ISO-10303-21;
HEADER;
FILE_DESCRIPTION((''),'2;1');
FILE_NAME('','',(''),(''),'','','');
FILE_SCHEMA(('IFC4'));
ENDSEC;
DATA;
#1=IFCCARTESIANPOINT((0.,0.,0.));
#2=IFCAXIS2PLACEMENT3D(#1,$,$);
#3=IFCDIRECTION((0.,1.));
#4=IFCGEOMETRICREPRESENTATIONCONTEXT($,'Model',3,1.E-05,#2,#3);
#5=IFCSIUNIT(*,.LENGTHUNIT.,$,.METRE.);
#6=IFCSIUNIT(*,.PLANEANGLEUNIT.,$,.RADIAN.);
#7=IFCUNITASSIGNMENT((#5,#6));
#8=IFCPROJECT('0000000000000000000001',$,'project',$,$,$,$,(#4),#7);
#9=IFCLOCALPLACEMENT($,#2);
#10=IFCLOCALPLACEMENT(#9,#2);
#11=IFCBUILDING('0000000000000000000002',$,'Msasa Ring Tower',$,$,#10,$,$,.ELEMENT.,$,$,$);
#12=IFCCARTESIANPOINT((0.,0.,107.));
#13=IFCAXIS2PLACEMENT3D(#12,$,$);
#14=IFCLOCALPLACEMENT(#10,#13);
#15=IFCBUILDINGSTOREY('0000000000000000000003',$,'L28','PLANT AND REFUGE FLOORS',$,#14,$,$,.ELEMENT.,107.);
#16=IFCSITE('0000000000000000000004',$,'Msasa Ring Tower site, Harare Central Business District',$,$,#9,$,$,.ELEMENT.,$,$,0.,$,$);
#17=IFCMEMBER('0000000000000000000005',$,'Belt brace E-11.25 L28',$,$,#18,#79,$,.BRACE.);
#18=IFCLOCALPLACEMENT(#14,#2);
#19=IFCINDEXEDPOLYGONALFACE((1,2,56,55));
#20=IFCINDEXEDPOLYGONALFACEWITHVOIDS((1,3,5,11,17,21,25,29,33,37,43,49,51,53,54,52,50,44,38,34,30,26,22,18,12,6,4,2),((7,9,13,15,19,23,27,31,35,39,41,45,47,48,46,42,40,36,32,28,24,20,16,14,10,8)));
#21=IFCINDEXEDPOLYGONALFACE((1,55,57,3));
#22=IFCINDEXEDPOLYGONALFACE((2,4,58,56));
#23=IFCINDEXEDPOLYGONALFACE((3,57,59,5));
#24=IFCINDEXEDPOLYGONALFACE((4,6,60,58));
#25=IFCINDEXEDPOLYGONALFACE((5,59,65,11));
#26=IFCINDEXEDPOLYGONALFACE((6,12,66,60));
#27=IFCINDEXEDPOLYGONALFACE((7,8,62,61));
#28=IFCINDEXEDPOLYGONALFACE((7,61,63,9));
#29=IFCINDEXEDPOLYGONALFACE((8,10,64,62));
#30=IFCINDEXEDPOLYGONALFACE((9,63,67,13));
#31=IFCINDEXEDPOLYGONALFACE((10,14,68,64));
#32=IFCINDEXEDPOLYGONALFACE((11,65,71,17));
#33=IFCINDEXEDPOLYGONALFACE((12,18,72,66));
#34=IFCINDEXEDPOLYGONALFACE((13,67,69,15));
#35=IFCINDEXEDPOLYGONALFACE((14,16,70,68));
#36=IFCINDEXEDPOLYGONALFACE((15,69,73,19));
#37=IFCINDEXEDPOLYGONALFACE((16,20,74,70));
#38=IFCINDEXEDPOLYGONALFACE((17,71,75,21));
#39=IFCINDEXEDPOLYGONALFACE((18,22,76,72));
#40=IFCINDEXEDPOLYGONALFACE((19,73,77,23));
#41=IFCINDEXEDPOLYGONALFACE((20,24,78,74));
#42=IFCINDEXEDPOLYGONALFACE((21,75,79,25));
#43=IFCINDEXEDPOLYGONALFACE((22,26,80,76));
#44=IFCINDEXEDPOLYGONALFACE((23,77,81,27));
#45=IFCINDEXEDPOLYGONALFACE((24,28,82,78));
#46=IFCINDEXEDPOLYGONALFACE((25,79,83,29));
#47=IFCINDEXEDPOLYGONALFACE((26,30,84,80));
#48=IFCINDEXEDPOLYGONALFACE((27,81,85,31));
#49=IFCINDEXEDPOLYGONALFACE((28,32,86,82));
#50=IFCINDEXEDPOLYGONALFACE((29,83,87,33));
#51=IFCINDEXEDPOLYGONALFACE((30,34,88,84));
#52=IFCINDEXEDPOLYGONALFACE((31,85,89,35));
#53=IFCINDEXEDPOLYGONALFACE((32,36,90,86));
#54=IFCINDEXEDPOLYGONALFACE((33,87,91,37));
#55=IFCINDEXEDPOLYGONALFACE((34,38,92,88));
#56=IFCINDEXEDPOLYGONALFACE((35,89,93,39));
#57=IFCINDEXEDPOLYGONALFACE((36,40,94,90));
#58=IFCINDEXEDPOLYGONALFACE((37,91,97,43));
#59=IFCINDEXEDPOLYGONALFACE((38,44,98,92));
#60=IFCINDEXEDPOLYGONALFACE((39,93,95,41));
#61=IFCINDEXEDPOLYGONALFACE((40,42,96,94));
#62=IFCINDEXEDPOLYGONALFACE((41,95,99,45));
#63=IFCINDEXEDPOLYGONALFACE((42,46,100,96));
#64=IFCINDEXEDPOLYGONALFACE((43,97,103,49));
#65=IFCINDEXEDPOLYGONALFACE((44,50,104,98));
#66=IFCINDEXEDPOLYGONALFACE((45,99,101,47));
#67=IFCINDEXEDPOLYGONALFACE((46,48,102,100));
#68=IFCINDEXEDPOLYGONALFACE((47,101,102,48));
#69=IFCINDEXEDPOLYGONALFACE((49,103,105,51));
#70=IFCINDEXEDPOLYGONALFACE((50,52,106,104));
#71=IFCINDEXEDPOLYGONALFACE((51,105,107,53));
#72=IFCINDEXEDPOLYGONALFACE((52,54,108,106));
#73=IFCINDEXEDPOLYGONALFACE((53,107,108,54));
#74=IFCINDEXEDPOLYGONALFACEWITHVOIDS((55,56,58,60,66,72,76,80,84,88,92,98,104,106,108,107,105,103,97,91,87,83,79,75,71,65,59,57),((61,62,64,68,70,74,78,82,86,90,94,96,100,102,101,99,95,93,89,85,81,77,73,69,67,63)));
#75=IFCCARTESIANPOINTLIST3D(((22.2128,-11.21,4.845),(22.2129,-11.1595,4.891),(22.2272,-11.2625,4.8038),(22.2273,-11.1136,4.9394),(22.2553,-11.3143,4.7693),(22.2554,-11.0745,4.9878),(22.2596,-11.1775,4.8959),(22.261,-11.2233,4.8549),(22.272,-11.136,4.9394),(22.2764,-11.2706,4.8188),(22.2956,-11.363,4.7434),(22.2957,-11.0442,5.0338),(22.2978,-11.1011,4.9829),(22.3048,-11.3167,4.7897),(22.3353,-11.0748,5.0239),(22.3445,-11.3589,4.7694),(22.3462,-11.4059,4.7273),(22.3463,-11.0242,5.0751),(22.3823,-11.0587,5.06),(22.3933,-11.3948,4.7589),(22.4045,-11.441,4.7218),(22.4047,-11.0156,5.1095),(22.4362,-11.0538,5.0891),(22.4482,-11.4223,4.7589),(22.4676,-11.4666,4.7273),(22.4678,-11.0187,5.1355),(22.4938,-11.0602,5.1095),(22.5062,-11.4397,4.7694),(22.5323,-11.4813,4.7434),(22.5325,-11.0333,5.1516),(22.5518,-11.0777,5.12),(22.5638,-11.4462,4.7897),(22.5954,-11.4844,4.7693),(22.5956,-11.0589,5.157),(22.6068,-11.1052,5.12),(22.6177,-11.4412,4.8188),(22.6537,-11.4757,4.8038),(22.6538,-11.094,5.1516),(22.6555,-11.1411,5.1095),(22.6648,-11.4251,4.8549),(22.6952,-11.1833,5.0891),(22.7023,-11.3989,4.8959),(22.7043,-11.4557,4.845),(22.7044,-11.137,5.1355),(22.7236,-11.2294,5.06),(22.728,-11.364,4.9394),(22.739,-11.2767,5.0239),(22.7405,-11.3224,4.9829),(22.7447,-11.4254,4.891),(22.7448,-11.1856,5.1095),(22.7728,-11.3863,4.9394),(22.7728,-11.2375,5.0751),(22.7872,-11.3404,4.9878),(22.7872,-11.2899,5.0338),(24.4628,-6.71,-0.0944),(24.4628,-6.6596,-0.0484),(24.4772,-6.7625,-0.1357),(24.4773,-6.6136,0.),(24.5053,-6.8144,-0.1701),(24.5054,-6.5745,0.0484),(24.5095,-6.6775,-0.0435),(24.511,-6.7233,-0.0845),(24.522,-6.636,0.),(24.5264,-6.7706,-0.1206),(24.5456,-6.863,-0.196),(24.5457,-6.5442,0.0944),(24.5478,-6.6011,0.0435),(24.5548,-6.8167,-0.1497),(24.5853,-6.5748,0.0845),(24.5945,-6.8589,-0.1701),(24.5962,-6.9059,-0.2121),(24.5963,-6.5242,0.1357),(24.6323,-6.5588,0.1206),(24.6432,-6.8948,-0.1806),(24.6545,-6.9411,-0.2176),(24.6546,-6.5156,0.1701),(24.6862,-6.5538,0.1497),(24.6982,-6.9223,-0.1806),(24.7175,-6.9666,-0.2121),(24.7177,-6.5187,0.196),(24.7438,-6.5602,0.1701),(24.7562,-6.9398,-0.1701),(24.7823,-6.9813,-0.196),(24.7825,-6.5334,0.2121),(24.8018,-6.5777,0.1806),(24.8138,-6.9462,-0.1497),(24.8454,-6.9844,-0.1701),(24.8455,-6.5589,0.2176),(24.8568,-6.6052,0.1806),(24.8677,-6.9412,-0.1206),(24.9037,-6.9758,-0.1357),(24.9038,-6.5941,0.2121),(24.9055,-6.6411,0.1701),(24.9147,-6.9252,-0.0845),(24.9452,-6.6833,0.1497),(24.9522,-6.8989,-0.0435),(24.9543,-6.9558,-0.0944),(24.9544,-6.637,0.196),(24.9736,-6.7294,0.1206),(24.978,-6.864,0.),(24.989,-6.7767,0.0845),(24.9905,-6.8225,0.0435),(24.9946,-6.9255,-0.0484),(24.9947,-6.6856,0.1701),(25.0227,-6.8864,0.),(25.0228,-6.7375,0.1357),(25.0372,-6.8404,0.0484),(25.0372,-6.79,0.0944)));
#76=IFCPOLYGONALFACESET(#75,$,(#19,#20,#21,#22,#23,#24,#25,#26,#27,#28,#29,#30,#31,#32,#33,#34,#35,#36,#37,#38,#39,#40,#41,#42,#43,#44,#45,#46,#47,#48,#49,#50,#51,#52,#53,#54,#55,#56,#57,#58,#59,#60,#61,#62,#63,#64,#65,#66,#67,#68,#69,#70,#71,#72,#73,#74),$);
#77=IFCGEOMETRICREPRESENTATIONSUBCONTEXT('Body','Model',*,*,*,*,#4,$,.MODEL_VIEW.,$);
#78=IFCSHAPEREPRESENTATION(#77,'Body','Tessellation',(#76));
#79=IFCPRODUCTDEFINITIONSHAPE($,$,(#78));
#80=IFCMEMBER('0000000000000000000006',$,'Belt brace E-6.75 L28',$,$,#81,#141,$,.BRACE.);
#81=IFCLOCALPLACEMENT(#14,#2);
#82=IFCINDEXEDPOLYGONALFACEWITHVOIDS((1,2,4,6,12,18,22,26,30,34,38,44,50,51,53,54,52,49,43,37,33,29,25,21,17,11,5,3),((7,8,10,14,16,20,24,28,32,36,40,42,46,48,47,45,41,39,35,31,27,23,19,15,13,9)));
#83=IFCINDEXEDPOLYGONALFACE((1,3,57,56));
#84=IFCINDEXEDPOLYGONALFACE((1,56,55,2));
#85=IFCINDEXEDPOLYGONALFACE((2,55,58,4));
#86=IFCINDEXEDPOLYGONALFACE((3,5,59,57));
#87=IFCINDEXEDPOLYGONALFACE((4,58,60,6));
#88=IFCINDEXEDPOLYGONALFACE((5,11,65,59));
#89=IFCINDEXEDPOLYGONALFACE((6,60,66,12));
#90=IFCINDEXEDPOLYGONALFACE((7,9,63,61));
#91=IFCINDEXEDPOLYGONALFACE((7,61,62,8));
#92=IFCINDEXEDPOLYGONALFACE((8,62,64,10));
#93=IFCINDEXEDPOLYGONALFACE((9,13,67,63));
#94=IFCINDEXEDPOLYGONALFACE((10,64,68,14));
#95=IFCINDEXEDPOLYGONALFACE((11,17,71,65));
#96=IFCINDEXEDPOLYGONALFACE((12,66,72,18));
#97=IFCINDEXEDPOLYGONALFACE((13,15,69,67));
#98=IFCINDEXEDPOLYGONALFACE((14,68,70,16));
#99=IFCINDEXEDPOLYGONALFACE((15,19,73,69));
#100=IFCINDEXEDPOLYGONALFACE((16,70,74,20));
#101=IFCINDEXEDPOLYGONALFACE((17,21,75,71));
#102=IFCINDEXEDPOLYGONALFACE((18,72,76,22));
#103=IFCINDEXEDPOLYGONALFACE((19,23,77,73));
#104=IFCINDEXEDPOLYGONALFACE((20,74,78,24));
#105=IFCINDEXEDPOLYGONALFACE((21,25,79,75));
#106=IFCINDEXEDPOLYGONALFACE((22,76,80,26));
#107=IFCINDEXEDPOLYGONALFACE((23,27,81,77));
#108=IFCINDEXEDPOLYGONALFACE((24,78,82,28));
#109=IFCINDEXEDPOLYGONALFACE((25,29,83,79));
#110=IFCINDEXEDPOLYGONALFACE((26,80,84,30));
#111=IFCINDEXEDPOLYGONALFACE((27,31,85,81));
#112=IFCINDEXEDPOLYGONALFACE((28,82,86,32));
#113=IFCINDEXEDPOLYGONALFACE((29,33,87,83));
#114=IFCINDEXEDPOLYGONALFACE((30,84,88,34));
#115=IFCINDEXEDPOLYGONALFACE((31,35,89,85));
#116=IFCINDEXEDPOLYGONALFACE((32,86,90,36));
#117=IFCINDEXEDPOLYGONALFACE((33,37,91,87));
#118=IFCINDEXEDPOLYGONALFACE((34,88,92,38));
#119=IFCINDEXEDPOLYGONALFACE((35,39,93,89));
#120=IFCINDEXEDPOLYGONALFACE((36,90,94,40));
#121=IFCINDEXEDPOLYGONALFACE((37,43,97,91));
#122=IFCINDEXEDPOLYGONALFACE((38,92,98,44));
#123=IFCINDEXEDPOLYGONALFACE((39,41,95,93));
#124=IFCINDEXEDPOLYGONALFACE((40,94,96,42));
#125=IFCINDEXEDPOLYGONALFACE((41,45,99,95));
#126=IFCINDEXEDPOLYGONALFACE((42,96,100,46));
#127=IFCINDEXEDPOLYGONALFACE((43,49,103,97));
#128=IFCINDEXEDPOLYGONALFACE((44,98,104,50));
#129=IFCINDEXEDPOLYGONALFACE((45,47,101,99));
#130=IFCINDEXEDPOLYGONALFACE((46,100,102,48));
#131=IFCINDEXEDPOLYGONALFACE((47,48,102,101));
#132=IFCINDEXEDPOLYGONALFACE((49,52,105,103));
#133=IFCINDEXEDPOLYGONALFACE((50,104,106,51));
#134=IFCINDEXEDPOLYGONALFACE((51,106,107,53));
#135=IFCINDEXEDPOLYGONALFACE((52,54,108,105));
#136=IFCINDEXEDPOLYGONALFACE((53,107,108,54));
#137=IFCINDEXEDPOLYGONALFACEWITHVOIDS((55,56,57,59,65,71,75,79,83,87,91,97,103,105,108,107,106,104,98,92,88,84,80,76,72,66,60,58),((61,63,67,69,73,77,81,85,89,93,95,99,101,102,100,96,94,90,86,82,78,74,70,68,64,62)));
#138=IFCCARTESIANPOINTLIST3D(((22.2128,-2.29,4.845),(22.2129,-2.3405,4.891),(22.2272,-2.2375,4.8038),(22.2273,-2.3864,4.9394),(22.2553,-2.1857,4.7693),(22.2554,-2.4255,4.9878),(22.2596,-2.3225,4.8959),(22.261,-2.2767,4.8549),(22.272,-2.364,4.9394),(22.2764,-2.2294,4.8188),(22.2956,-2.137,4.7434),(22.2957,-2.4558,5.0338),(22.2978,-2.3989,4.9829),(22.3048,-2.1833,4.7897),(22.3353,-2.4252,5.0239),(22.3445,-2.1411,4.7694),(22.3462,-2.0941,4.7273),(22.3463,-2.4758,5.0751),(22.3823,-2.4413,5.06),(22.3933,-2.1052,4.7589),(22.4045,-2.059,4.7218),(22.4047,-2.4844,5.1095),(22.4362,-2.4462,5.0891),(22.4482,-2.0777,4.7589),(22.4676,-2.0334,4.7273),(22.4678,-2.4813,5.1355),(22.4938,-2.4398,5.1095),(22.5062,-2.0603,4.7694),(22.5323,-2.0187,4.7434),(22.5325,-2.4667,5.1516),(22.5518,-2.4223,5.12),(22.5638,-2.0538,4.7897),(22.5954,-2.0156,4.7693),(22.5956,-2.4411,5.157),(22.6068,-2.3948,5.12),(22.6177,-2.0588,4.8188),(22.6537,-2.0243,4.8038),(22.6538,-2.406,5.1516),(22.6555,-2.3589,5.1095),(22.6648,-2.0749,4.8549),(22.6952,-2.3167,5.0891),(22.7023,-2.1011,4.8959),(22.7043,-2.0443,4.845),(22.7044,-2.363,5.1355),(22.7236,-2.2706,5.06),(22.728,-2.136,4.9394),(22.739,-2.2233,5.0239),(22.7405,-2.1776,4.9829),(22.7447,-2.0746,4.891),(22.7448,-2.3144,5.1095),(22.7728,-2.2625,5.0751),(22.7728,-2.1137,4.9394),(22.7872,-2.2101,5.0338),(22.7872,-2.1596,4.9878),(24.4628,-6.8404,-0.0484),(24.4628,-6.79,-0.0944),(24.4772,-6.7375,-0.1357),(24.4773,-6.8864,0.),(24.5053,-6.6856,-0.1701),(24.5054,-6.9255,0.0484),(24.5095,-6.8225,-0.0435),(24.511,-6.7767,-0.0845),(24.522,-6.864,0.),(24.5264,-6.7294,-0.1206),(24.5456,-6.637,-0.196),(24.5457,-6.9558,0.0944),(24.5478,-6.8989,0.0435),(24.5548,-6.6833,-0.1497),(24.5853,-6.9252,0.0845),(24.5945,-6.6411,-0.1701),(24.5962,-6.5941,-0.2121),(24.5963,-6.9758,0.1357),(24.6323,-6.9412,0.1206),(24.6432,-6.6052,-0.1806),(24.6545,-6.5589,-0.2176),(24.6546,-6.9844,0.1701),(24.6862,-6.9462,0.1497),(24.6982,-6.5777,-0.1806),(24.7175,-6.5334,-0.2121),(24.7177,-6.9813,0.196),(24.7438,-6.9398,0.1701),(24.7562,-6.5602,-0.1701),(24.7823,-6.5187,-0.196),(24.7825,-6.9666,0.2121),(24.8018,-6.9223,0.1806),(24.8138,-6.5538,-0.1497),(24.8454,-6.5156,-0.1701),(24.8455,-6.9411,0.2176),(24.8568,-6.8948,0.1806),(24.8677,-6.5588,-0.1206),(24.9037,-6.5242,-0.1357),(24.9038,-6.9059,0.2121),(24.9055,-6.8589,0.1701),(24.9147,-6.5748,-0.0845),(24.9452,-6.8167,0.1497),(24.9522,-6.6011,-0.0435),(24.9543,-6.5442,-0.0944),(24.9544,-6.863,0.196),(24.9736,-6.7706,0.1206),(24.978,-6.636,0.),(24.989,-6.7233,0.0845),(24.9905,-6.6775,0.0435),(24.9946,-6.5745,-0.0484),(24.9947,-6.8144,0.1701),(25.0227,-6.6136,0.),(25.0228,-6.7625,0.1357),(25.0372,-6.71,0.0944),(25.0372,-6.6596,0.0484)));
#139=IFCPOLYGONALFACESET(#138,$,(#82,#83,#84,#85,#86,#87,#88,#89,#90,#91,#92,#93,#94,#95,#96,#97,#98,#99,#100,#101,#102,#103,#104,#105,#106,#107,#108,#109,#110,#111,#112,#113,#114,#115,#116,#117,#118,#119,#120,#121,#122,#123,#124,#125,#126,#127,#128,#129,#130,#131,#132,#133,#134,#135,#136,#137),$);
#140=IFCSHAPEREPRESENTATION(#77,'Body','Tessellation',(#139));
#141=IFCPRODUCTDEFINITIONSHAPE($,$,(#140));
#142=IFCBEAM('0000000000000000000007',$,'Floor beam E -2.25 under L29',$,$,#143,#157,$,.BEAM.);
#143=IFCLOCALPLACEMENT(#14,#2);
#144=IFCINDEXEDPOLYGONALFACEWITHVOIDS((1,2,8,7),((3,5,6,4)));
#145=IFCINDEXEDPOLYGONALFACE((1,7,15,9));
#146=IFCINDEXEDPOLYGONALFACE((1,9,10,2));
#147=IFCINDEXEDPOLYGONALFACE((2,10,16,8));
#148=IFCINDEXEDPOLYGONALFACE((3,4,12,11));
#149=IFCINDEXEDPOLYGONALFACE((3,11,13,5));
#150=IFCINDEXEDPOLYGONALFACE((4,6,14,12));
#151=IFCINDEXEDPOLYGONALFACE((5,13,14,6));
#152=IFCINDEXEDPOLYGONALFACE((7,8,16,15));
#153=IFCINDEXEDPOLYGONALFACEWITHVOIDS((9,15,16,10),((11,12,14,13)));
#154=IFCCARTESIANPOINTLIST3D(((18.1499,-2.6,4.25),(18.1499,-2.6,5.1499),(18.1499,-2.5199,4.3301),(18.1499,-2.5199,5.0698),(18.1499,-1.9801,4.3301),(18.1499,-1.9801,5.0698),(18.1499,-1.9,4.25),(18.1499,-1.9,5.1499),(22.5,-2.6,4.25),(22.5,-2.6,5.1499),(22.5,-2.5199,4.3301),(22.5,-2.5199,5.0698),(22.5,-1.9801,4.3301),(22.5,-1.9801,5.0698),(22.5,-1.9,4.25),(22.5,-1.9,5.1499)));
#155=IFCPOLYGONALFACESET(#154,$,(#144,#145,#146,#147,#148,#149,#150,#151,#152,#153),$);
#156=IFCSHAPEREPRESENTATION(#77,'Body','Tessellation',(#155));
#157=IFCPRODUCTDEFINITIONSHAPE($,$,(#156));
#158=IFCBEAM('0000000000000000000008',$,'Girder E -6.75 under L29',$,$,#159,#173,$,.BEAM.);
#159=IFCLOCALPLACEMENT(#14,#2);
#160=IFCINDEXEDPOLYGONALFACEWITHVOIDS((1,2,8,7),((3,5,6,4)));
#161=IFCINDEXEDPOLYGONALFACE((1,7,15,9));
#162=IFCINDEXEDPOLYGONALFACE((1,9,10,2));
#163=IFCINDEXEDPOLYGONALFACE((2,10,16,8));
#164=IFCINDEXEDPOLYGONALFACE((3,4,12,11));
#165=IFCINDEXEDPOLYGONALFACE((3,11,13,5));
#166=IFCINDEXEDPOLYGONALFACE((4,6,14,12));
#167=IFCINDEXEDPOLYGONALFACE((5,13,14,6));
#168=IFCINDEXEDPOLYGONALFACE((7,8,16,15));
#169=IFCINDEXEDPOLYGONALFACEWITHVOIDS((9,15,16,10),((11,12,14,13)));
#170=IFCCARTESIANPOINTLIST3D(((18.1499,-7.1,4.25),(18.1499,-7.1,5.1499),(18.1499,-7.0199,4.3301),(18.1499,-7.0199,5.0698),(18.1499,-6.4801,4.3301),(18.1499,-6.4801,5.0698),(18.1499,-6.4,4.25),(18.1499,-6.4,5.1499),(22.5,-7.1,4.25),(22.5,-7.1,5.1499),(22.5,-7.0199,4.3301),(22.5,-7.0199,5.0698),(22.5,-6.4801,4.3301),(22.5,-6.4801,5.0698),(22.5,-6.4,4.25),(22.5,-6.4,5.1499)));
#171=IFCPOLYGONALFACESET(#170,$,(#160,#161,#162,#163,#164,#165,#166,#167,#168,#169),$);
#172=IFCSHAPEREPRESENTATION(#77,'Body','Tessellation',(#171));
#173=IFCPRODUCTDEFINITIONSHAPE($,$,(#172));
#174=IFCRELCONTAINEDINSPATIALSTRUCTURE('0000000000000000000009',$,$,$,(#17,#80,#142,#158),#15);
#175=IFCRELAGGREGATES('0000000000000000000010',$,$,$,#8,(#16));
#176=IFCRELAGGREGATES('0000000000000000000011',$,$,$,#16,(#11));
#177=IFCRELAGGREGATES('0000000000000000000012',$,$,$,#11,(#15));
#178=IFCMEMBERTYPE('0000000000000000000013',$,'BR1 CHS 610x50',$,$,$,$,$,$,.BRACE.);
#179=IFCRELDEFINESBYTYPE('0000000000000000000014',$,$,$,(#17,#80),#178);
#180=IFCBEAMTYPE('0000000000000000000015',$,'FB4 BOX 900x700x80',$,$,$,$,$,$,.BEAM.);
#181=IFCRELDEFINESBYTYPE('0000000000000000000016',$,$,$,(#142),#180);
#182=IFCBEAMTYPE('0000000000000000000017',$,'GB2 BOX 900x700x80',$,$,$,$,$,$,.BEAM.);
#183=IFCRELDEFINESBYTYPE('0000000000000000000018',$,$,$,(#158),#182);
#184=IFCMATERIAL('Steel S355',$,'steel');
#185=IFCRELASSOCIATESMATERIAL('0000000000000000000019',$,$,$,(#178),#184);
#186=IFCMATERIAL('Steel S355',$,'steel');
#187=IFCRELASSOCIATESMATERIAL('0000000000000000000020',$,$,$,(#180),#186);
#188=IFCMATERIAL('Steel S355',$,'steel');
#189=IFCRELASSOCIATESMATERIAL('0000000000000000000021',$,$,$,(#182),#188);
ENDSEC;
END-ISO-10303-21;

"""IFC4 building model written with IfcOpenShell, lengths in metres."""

from ifc_helpers import new_model, si_unit, direction, frame, origin, origin_2d, place, context, subcontext, project, spatial, hollow_rectangle, hollow_circle, extrude, material, material_profile, profile_set, type_object, element, save


model = new_model("IFC4")

# Units and contexts
model_context = context("Model", 3, precision=1e-05, world=origin(), true_north=direction((0.0, 1.0)))
body_context = subcontext(model_context, "Body", "Model", "MODEL_VIEW")
ifc_project = project(units=[si_unit("LENGTHUNIT", "METRE"), si_unit("PLANEANGLEUNIT", "RADIAN")], contexts=[model_context])

# Site, building, storey
site_placement = place(None, origin())
site = spatial("IfcSite", under=ifc_project, at=site_placement, Name="Msasa Ring Tower site, Harare Central Business District", CompositionType="ELEMENT", RefElevation=0.0)
building_placement = place(site_placement, origin())
building = spatial("IfcBuilding", under=site, at=building_placement, Name="Msasa Ring Tower", CompositionType="ELEMENT")
storey_placement = place(building_placement, frame((0.0, 0.0, 107.0)))
storey = spatial("IfcBuildingStorey", under=building, at=storey_placement, Name="L28", Description="PLANT AND REFUGE FLOORS", CompositionType="ELEMENT", Elevation=107.0)

# Members
ifc_material_1 = material(Name="Steel S355", Category="steel")
ifc_material_profile_1 = material_profile(ifc_material_1, hollow_circle(Radius=0.3049, WallThickness=0.05, at=origin_2d()), Name="CHS 610x50")
ifc_profile_set_1 = profile_set([ifc_material_profile_1], Name="Steel S355")
member_type = type_object("IfcMemberType", Name="BR1 CHS 610x50", PredefinedType="BRACE", material=ifc_profile_set_1)
for number, where, z_axis, x_axis, name in (
    (1, (24.75, -6.75, 0.0), (-0.319123, -0.638245, 0.700574), (0.894427, -0.447214, 0.0), "Belt brace E-11.25 L28"),
    (2, (24.75, -6.75, 0.0), (-0.319123, 0.638245, 0.700574), (-0.894427, -0.447214, 0.0), "Belt brace E-6.75 L28"),
):
    element("IfcMember", number, at=place(storey_placement, frame(where, z_axis=z_axis, x_axis=x_axis)), inside=storey, type_object=member_type, Name=name, PredefinedType="BRACE", context=body_context, shape_type="SweptSolid", body=[
        extrude(hollow_circle(Radius=0.3049, WallThickness=0.05, at=origin_2d()), origin(), (0.0, 0.0, 1.0), 7.0505),
    ])

# Beams
ifc_material_2 = material(Name="Steel S355", Category="steel")
ifc_material_profile_2 = material_profile(ifc_material_2, hollow_rectangle(XDim=0.7, YDim=0.8999, WallThickness=0.0801, at=origin_2d()), Name="BOX 900x700x80")
ifc_profile_set_2 = profile_set([ifc_material_profile_2], Name="Steel S355")
beam_type_1 = type_object("IfcBeamType", Name="FB4 BOX 900x700x80", PredefinedType="BEAM", material=ifc_profile_set_2)
beam_1_placement = place(storey_placement, frame((22.5, -2.25, 4.7), z_axis=(-1.0, 0.0, 0.0), x_axis=(0.0, -1.0, 0.0)))
element("IfcBeam", 3, at=beam_1_placement, inside=storey, type_object=beam_type_1, Name="Floor beam E -2.25 under L29", PredefinedType="BEAM", context=body_context, shape_type="SweptSolid", body=[
    extrude(hollow_rectangle(XDim=0.7, YDim=0.8999, WallThickness=0.0801, at=origin_2d()), origin(), (0.0, 0.0, 1.0), 4.3501),
])
ifc_material_3 = material(Name="Steel S355", Category="steel")
ifc_material_profile_3 = material_profile(ifc_material_3, hollow_rectangle(XDim=0.7, YDim=0.8999, WallThickness=0.0801, at=origin_2d()), Name="BOX 900x700x80")
ifc_profile_set_3 = profile_set([ifc_material_profile_3], Name="Steel S355")
beam_type_2 = type_object("IfcBeamType", Name="GB2 BOX 900x700x80", PredefinedType="BEAM", material=ifc_profile_set_3)
beam_2_placement = place(storey_placement, frame((18.1499, -6.75, 4.7), z_axis=(1.0, 0.0, 0.0), x_axis=(0.0, 1.0, 0.0)))
element("IfcBeam", 4, at=beam_2_placement, inside=storey, type_object=beam_type_2, Name="Girder E -6.75 under L29", PredefinedType="BEAM", context=body_context, shape_type="SweptSolid", body=[
    extrude(hollow_rectangle(XDim=0.7, YDim=0.8999, WallThickness=0.0801, at=origin_2d()), origin(), (0.0, 0.0, 1.0), 4.3501),
])

save(model, "model.ifc")
